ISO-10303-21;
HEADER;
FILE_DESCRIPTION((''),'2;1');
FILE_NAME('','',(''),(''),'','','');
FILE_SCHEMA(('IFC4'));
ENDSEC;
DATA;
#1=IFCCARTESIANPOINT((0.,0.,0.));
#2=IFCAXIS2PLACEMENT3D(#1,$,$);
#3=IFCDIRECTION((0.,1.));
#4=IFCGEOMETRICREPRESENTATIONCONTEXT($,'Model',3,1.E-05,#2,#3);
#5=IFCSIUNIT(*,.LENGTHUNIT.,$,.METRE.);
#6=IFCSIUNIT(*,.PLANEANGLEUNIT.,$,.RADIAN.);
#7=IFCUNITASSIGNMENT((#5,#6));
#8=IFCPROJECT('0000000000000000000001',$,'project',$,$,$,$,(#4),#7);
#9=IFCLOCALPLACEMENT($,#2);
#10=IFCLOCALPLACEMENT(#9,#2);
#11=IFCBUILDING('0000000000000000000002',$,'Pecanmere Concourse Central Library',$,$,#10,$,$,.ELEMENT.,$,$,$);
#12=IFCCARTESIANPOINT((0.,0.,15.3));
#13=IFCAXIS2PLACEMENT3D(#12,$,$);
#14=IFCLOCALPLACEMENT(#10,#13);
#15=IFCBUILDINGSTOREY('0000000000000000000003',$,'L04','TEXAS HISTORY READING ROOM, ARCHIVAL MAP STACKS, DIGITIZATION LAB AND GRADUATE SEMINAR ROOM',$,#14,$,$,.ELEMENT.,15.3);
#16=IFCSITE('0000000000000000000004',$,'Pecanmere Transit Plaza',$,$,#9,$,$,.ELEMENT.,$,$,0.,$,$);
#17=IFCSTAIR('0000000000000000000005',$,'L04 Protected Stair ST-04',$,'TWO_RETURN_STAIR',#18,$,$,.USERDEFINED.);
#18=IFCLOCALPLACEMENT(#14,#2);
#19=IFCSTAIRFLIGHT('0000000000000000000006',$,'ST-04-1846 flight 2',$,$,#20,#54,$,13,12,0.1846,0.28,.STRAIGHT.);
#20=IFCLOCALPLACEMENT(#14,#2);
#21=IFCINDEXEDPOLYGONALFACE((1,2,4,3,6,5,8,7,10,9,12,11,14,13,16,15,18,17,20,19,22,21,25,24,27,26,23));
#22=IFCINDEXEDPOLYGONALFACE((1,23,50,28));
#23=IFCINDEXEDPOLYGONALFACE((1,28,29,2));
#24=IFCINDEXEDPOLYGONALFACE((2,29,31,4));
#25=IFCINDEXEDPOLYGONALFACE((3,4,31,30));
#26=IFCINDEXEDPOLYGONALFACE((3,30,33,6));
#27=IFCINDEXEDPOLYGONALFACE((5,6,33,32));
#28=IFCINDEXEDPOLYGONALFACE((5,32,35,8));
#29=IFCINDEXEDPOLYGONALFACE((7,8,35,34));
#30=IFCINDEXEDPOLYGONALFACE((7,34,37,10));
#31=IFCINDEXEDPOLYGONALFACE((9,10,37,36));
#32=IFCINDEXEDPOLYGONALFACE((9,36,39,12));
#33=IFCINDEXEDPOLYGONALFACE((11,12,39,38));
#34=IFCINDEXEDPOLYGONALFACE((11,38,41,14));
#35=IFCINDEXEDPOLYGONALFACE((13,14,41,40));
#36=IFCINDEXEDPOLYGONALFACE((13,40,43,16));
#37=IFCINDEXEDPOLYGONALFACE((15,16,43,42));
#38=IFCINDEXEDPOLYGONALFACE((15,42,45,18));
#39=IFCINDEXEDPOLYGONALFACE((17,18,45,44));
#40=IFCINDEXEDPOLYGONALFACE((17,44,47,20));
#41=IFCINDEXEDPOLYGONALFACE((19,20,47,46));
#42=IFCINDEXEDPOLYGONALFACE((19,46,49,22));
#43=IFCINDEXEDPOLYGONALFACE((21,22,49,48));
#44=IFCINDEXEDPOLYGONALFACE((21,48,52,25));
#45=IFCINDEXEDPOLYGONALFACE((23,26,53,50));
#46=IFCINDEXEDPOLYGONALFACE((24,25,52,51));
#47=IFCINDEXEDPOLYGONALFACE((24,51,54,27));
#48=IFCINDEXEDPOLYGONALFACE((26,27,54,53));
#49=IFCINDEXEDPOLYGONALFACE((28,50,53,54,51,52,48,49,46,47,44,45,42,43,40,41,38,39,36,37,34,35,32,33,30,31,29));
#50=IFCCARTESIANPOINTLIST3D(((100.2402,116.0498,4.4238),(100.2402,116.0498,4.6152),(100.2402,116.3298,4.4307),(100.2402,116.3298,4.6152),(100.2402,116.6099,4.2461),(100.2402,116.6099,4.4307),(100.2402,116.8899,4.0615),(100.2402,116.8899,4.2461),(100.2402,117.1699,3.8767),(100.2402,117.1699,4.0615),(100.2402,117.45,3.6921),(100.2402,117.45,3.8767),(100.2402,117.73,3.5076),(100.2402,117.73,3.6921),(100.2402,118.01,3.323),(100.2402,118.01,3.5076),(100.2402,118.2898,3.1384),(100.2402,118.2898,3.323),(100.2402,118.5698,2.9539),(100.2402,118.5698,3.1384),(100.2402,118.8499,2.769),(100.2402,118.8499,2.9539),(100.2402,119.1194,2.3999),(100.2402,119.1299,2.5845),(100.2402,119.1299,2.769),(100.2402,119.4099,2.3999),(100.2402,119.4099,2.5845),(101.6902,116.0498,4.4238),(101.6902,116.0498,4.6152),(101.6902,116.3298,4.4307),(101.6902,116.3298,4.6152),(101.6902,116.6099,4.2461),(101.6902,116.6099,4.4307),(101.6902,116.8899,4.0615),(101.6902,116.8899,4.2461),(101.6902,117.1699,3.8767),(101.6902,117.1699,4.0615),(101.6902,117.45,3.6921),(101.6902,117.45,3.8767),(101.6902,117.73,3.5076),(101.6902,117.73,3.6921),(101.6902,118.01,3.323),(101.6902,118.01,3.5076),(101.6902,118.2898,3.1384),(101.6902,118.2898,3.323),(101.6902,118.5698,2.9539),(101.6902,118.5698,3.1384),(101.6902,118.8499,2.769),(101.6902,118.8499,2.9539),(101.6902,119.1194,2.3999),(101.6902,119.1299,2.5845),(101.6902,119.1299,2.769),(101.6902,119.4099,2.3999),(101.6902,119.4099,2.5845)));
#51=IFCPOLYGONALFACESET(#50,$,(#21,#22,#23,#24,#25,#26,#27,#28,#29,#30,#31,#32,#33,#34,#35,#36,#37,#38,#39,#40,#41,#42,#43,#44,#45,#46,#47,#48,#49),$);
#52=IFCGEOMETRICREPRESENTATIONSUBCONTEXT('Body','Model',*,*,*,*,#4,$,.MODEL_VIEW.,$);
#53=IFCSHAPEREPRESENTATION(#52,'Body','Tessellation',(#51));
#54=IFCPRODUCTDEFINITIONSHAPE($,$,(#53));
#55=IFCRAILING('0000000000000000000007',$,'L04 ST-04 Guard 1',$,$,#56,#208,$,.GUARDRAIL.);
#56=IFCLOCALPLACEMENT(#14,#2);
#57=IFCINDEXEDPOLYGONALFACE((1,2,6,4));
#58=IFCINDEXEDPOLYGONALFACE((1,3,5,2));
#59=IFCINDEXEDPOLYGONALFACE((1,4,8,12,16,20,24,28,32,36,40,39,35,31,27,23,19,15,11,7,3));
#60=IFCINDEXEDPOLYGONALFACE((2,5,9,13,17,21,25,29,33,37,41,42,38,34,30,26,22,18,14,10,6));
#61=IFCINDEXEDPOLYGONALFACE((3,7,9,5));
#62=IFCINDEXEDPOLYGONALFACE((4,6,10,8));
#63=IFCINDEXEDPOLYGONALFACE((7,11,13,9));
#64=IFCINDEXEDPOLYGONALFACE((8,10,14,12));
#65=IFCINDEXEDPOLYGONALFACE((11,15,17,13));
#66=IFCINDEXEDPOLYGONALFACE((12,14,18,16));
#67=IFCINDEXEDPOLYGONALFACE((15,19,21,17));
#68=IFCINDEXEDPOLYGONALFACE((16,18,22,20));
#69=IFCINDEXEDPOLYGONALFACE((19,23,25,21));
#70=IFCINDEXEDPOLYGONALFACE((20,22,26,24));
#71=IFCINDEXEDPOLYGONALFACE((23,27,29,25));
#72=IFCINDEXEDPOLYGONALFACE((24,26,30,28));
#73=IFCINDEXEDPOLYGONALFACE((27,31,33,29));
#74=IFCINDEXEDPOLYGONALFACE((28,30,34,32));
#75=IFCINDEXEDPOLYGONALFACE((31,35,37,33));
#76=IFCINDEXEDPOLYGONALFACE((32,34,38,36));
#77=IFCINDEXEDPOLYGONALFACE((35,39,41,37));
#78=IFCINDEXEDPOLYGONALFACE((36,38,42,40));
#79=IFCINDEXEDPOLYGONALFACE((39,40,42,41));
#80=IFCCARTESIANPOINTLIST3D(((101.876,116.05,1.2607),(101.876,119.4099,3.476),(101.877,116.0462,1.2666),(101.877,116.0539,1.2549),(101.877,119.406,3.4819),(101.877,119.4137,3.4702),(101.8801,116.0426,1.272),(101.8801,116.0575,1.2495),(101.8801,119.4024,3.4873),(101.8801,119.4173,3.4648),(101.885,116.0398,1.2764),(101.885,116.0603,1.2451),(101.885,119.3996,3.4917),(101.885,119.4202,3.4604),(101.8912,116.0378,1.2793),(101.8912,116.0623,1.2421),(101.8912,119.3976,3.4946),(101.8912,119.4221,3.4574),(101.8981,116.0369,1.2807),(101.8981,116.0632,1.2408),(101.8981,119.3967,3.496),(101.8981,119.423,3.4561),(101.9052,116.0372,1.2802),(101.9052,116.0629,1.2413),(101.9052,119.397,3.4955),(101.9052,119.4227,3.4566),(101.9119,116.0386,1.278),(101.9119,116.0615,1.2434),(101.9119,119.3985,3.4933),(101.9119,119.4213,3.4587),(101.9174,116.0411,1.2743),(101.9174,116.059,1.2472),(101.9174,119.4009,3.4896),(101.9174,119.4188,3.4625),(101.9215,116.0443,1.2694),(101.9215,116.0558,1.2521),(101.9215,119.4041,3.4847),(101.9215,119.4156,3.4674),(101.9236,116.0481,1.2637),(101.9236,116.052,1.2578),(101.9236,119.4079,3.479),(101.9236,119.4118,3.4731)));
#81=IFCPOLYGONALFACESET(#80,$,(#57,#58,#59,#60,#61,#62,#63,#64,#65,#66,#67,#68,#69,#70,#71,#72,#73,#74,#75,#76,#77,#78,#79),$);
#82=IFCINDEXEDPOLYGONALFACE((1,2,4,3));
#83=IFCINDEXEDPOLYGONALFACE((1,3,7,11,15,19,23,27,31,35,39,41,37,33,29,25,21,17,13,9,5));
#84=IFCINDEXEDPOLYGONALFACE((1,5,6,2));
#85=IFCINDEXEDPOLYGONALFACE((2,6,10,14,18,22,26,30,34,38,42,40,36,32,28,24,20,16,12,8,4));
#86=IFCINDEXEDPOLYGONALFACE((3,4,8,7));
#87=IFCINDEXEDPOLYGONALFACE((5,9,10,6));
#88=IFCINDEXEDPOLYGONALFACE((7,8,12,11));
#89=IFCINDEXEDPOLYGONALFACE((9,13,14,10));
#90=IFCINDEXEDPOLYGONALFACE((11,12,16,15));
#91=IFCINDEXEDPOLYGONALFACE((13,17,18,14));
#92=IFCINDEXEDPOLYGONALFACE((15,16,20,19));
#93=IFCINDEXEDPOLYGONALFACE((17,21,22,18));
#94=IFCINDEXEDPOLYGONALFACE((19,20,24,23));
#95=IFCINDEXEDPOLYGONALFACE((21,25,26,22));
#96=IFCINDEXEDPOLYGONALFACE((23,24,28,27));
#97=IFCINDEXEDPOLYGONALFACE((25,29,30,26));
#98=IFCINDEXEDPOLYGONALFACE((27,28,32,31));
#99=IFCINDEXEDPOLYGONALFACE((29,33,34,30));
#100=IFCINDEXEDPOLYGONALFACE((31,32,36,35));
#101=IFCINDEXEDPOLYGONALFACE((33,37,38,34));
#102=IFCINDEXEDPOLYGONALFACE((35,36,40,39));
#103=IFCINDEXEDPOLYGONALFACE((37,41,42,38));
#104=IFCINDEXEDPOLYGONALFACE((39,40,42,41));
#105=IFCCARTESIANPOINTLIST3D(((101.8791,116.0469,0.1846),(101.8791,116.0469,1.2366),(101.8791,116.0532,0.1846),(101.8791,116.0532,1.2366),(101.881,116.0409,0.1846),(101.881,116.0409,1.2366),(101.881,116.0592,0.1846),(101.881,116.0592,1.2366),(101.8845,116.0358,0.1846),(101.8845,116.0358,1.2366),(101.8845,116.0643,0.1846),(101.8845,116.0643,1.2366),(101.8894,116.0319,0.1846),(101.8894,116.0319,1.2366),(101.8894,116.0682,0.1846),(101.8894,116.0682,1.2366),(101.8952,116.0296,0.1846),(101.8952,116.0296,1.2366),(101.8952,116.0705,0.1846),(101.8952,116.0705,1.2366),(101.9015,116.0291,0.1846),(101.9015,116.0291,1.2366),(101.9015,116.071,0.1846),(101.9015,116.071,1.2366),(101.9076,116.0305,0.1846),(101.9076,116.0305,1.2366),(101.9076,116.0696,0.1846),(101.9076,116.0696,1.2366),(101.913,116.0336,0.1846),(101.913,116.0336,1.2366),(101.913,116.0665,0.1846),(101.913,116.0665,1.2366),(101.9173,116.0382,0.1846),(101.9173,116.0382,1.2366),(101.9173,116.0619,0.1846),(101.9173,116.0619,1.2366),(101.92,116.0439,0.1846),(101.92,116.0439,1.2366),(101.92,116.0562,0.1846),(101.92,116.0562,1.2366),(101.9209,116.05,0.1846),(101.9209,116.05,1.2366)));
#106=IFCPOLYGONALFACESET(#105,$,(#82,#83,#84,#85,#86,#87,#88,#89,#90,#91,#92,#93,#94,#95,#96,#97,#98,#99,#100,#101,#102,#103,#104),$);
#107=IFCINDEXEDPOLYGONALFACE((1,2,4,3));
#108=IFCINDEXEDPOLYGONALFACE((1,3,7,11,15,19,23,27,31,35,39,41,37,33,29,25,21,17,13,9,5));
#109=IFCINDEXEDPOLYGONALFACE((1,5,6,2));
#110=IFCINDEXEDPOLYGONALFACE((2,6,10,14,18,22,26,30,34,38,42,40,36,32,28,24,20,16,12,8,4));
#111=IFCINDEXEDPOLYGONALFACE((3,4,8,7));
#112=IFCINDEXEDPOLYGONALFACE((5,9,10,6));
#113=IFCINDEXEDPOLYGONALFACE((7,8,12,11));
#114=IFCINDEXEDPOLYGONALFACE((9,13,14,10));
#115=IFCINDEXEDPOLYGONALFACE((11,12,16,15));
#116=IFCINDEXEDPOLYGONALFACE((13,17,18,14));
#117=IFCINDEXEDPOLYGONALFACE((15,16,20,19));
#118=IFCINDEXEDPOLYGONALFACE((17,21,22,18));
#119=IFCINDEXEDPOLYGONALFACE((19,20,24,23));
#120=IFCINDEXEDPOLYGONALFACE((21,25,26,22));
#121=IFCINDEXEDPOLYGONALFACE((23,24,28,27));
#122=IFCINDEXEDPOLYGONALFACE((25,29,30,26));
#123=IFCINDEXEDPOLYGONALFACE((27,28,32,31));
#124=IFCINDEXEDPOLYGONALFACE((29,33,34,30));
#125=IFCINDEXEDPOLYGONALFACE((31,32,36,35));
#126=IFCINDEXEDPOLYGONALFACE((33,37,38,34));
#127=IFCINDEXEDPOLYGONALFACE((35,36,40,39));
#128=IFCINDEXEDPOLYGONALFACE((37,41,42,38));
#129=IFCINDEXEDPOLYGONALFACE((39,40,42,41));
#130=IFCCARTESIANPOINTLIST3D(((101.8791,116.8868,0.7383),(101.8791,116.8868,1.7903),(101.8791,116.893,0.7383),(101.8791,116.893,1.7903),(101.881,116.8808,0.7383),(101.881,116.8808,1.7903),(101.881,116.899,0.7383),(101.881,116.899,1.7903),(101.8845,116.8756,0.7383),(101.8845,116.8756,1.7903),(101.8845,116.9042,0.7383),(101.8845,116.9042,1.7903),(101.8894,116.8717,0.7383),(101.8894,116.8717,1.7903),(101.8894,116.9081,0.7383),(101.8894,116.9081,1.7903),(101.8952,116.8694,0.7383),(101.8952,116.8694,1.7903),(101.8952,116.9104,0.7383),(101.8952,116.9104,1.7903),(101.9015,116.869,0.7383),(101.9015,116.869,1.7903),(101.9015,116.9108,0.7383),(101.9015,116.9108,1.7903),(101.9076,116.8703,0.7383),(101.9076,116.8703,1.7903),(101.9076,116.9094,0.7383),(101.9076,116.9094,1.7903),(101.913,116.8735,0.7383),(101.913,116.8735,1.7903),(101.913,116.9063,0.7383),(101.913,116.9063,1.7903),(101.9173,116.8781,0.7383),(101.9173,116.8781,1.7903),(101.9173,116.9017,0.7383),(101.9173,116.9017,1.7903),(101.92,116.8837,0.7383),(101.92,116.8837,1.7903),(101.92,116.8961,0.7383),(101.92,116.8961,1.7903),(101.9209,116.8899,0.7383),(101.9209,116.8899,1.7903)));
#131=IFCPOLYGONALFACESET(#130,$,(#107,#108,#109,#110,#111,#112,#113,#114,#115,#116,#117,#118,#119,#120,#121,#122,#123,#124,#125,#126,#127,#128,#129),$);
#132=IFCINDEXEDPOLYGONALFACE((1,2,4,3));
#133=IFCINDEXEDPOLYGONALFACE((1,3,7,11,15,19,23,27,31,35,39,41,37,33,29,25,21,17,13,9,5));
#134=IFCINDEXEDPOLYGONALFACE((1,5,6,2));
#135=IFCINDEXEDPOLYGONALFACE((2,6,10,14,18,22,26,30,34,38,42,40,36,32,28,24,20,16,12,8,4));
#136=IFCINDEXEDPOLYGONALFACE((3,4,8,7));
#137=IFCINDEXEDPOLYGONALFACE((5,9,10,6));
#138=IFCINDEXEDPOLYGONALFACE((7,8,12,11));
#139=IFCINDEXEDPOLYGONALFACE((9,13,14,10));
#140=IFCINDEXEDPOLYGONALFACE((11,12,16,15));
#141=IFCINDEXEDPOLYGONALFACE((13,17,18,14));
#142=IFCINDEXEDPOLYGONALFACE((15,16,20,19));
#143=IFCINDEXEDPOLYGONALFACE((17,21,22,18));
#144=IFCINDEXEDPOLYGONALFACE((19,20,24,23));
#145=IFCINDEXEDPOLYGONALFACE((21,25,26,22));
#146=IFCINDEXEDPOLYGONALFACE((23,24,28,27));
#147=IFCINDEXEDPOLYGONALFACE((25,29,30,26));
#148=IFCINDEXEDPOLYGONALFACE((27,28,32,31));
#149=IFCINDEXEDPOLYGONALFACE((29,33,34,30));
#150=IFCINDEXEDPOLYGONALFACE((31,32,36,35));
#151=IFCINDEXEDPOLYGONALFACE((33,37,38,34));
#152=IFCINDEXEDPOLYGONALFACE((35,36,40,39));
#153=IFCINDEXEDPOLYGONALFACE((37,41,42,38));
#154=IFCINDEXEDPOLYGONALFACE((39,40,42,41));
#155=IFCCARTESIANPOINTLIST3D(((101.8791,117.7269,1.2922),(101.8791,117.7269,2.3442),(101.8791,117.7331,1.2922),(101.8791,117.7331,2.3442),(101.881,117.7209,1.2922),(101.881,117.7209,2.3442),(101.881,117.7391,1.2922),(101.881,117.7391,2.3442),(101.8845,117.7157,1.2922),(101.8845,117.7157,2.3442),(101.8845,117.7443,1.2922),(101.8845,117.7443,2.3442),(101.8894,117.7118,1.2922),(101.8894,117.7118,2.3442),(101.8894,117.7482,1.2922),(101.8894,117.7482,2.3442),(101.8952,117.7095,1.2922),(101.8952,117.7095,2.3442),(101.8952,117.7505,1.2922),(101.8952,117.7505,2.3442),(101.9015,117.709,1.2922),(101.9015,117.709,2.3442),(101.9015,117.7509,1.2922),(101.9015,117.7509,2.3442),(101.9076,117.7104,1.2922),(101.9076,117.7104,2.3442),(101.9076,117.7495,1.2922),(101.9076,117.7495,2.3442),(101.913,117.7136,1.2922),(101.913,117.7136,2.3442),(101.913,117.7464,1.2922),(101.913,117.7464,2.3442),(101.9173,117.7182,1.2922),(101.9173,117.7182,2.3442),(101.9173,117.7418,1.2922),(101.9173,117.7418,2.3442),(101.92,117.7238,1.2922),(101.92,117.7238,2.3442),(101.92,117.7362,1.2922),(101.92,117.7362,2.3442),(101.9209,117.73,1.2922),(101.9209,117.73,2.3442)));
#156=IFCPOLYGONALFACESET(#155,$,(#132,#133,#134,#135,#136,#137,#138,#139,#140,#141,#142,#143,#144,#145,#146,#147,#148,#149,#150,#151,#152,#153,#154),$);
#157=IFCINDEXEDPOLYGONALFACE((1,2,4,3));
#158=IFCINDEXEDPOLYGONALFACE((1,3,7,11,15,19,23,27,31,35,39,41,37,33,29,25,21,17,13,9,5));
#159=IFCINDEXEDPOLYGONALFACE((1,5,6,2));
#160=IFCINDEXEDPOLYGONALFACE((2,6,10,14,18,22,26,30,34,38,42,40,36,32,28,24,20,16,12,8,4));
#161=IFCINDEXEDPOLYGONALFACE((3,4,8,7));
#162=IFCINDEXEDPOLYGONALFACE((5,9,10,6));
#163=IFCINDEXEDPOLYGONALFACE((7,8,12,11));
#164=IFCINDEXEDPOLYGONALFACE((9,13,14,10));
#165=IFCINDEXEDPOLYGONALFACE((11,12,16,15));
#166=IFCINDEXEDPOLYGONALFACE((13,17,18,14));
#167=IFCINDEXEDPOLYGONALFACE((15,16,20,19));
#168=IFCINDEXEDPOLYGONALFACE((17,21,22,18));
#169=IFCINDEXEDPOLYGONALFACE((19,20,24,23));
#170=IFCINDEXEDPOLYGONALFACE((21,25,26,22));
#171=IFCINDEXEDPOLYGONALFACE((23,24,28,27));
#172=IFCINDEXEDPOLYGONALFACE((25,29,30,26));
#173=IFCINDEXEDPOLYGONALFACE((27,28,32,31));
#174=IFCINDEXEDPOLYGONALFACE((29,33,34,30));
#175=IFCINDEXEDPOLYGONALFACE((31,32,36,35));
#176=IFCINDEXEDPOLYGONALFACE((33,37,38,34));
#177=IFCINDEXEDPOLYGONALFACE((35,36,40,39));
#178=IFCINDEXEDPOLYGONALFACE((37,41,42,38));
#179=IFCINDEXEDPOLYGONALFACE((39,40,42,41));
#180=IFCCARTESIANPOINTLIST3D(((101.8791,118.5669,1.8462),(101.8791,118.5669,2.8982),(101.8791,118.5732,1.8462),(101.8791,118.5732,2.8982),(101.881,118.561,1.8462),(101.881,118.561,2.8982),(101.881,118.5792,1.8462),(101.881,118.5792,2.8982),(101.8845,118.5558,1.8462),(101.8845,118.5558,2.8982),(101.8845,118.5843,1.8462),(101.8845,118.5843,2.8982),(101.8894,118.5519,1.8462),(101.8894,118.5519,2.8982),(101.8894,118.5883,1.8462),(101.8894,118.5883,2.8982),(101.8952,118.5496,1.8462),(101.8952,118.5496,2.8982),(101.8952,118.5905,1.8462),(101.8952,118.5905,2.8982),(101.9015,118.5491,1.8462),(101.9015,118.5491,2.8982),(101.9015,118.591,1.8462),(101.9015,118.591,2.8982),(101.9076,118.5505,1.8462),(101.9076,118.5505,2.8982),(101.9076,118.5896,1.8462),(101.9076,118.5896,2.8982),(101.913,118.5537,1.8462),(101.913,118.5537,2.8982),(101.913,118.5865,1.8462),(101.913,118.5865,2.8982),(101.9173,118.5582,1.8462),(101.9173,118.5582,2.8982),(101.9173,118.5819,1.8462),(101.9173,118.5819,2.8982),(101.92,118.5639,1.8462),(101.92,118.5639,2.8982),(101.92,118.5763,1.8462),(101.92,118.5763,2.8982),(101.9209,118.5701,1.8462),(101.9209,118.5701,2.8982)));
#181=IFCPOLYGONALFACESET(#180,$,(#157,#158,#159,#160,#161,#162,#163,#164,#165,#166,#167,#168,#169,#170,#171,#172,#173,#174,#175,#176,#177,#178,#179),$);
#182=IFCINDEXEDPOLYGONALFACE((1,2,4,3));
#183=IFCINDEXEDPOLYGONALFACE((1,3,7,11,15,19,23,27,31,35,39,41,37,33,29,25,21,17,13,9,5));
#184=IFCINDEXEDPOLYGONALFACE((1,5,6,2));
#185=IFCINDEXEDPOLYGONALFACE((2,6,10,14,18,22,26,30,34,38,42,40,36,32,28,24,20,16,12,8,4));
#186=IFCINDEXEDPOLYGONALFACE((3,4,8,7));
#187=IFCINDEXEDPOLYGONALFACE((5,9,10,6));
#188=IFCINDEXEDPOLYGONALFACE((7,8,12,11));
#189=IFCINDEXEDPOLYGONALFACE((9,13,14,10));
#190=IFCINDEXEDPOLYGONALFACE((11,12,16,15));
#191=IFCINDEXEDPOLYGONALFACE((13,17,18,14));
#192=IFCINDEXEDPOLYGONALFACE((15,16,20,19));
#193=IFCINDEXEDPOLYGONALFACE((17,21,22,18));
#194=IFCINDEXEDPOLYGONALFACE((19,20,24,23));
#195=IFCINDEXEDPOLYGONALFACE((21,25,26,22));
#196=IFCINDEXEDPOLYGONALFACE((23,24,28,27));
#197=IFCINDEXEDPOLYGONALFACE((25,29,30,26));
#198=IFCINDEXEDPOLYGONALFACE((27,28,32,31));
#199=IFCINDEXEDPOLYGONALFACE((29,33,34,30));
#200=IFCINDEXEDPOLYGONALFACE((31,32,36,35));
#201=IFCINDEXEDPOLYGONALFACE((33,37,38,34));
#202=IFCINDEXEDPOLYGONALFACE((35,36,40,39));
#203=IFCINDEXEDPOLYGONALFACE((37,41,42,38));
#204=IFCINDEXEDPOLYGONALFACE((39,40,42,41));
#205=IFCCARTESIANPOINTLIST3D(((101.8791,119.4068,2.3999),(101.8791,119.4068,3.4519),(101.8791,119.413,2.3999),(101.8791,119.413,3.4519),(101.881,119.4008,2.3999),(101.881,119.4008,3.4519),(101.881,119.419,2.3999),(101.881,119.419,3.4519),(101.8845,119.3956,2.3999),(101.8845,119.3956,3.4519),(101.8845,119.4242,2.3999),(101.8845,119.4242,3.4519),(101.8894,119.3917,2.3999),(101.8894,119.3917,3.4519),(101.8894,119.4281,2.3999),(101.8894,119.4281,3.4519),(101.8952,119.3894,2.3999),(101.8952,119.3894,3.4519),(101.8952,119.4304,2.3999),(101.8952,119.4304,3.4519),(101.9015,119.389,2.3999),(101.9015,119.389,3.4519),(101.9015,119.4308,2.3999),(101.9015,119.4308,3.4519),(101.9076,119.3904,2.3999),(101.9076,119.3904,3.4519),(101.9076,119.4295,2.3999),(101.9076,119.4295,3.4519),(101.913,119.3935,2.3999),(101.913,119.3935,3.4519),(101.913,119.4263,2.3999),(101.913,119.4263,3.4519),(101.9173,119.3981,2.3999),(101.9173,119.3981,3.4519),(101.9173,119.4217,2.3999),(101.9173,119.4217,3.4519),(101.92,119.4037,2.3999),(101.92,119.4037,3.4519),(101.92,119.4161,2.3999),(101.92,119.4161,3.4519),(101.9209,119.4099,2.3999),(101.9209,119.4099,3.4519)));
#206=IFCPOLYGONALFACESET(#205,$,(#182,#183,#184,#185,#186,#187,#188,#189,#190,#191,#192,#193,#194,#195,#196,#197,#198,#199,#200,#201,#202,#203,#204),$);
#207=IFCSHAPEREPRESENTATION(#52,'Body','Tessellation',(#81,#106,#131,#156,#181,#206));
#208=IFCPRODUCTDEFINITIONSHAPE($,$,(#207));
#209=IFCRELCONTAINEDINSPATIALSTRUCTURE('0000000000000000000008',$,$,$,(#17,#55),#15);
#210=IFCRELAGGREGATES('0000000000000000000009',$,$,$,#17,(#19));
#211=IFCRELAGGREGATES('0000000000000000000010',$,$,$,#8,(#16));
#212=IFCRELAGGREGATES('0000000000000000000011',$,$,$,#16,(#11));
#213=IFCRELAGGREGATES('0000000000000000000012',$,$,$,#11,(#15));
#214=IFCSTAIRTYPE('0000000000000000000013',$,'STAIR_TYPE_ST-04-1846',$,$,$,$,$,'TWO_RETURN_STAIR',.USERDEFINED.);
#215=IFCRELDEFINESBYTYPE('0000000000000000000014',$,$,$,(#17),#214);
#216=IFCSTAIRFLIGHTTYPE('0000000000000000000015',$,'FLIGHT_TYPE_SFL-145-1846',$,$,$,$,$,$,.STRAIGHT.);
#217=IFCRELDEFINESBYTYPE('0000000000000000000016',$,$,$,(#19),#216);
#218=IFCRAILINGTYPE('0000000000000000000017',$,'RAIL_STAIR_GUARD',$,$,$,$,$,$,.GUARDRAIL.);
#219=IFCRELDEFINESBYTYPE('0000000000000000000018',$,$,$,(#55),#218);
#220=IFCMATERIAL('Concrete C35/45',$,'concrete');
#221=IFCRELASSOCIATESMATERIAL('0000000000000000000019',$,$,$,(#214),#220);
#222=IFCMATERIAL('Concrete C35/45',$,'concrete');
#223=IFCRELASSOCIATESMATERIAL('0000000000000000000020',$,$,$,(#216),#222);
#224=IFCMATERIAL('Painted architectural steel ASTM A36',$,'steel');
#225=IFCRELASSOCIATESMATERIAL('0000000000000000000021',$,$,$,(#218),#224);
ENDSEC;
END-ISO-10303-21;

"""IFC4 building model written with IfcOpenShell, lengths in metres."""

from ifc_helpers import new_model, si_unit, direction, frame, origin, origin_2d, place, context, subcontext, project, spatial, polyline, circle, outline, extrude, material, type_object, element, aggregate, save


model = new_model("IFC4")

# Units and contexts
model_context = context("Model", 3, precision=1e-05, world=origin(), true_north=direction((0.0, 1.0)))
body_context = subcontext(model_context, "Body", "Model", "MODEL_VIEW")
ifc_project = project(units=[si_unit("LENGTHUNIT", "METRE"), si_unit("PLANEANGLEUNIT", "RADIAN")], contexts=[model_context])

# Site, building, storey
site_placement = place(None, origin())
site = spatial("IfcSite", under=ifc_project, at=site_placement, Name="Pecanmere Transit Plaza", CompositionType="ELEMENT", RefElevation=0.0)
building_placement = place(site_placement, origin())
building = spatial("IfcBuilding", under=site, at=building_placement, Name="Pecanmere Concourse Central Library", CompositionType="ELEMENT")
storey_placement = place(building_placement, frame((0.0, 0.0, 15.3)))
storey = spatial("IfcBuildingStorey", under=building, at=storey_placement, Name="L04", Description="TEXAS HISTORY READING ROOM, ARCHIVAL MAP STACKS, DIGITIZATION LAB AND GRADUATE SEMINAR ROOM", CompositionType="ELEMENT", Elevation=15.3)

# Stair, stair flight
ifc_material_1 = material(Name="Concrete C35/45", Category="concrete")
stair_type = type_object("IfcStairType", Name="STAIR_TYPE_ST-04-1846", ElementType="TWO_RETURN_STAIR", PredefinedType="USERDEFINED", material=ifc_material_1)
stair_placement = place(storey_placement, origin())
stair = element("IfcStair", 1, at=stair_placement, inside=storey, type_object=stair_type, Name="L04 Protected Stair ST-04", ObjectType="TWO_RETURN_STAIR", PredefinedType="USERDEFINED")
ifc_material_2 = material(Name="Concrete C35/45", Category="concrete")
stair_flight_type = type_object("IfcStairFlightType", Name="FLIGHT_TYPE_SFL-145-1846", PredefinedType="STRAIGHT", material=ifc_material_2)
stair_flight_1_placement = place(storey_placement, frame((100.9651, 119.4099, 2.3999), z_axis=(0.0, 0.0, 1.0), x_axis=(0.0, -1.0, 0.0)))
stair_flight_1 = element("IfcStairFlight", 2, at=stair_flight_1_placement, type_object=stair_flight_type, Name="ST-04-1846 flight 2", NumberOfRisers=13, NumberOfTreads=12, PredefinedType="STRAIGHT", RiserHeight=0.1846, TreadLength=0.28, context=body_context, shape_type="SweptSolid", body=[
    extrude(outline(polyline([(0.0, 0.0), (0.0, 0.1846), (0.28, 0.1846), (0.28, 0.3691), (0.5601, 0.3691), (0.5601, 0.554), (0.8401, 0.554), (0.8401, 0.7385), (1.1201, 0.7385), (1.1201, 0.9231), (1.3999, 0.9231), (1.3999, 1.1077), (1.6799, 1.1077), (1.6799, 1.2922), (1.96, 1.2922), (1.96, 1.4768), (2.24, 1.4768), (2.24, 1.6616), (2.52, 1.6616), (2.52, 1.8462), (2.8, 1.8462), (2.8, 2.0308), (3.0801, 2.0308), (3.0801, 2.2153), (3.3601, 2.2153), (3.3601, 2.3999), (3.3601, 2.0239), (0.2905, 0.0), (0.0, 0.0)])), frame((0.0, 0.7251, 0.0), z_axis=(0.0, -1.0, 0.0), x_axis=(1.0, 0.0, 0.0)), (0.0, 0.0, 1.0), 1.45),
])
aggregate(stair, [stair_flight_1])

# Railing
ifc_material_3 = material(Name="Painted architectural steel ASTM A36", Category="steel")
railing_type_1 = type_object("IfcRailingType", Name="RAIL_STAIR_GUARD", PredefinedType="GUARDRAIL", material=ifc_material_3)
railing_1_placement = place(storey_placement, frame((101.8999, 116.05, 0.1846)))
element("IfcRailing", 3, at=railing_1_placement, inside=storey, type_object=railing_type_1, Name="L04 ST-04 Guard 1", PredefinedType="GUARDRAIL", context=body_context, shape_type="SweptSolid", body=[
    extrude(circle(Radius=0.0239, at=origin_2d()), frame((0.0, 0.0, 1.0762), z_axis=(0.0, 0.834858, 0.550465), x_axis=(-1.0, 0.0, 0.0)), (0.0, 0.0, 1.0), 4.0244),
    extrude(circle(Radius=0.021, at=origin_2d()), origin(), (0.0, 0.0, 1.0), 1.052),
    extrude(circle(Radius=0.021, at=origin_2d()), frame((0.0, 0.8398, 0.5537)), (0.0, 0.0, 1.0), 1.052),
    extrude(circle(Radius=0.021, at=origin_2d()), frame((0.0, 1.6799, 1.1077)), (0.0, 0.0, 1.0), 1.052),
    extrude(circle(Radius=0.021, at=origin_2d()), frame((0.0, 2.52, 1.6616)), (0.0, 0.0, 1.0), 1.052),
    extrude(circle(Radius=0.021, at=origin_2d()), frame((0.0, 3.3599, 2.2153)), (0.0, 0.0, 1.0), 1.052),
])

save(model, "model.ifc")
